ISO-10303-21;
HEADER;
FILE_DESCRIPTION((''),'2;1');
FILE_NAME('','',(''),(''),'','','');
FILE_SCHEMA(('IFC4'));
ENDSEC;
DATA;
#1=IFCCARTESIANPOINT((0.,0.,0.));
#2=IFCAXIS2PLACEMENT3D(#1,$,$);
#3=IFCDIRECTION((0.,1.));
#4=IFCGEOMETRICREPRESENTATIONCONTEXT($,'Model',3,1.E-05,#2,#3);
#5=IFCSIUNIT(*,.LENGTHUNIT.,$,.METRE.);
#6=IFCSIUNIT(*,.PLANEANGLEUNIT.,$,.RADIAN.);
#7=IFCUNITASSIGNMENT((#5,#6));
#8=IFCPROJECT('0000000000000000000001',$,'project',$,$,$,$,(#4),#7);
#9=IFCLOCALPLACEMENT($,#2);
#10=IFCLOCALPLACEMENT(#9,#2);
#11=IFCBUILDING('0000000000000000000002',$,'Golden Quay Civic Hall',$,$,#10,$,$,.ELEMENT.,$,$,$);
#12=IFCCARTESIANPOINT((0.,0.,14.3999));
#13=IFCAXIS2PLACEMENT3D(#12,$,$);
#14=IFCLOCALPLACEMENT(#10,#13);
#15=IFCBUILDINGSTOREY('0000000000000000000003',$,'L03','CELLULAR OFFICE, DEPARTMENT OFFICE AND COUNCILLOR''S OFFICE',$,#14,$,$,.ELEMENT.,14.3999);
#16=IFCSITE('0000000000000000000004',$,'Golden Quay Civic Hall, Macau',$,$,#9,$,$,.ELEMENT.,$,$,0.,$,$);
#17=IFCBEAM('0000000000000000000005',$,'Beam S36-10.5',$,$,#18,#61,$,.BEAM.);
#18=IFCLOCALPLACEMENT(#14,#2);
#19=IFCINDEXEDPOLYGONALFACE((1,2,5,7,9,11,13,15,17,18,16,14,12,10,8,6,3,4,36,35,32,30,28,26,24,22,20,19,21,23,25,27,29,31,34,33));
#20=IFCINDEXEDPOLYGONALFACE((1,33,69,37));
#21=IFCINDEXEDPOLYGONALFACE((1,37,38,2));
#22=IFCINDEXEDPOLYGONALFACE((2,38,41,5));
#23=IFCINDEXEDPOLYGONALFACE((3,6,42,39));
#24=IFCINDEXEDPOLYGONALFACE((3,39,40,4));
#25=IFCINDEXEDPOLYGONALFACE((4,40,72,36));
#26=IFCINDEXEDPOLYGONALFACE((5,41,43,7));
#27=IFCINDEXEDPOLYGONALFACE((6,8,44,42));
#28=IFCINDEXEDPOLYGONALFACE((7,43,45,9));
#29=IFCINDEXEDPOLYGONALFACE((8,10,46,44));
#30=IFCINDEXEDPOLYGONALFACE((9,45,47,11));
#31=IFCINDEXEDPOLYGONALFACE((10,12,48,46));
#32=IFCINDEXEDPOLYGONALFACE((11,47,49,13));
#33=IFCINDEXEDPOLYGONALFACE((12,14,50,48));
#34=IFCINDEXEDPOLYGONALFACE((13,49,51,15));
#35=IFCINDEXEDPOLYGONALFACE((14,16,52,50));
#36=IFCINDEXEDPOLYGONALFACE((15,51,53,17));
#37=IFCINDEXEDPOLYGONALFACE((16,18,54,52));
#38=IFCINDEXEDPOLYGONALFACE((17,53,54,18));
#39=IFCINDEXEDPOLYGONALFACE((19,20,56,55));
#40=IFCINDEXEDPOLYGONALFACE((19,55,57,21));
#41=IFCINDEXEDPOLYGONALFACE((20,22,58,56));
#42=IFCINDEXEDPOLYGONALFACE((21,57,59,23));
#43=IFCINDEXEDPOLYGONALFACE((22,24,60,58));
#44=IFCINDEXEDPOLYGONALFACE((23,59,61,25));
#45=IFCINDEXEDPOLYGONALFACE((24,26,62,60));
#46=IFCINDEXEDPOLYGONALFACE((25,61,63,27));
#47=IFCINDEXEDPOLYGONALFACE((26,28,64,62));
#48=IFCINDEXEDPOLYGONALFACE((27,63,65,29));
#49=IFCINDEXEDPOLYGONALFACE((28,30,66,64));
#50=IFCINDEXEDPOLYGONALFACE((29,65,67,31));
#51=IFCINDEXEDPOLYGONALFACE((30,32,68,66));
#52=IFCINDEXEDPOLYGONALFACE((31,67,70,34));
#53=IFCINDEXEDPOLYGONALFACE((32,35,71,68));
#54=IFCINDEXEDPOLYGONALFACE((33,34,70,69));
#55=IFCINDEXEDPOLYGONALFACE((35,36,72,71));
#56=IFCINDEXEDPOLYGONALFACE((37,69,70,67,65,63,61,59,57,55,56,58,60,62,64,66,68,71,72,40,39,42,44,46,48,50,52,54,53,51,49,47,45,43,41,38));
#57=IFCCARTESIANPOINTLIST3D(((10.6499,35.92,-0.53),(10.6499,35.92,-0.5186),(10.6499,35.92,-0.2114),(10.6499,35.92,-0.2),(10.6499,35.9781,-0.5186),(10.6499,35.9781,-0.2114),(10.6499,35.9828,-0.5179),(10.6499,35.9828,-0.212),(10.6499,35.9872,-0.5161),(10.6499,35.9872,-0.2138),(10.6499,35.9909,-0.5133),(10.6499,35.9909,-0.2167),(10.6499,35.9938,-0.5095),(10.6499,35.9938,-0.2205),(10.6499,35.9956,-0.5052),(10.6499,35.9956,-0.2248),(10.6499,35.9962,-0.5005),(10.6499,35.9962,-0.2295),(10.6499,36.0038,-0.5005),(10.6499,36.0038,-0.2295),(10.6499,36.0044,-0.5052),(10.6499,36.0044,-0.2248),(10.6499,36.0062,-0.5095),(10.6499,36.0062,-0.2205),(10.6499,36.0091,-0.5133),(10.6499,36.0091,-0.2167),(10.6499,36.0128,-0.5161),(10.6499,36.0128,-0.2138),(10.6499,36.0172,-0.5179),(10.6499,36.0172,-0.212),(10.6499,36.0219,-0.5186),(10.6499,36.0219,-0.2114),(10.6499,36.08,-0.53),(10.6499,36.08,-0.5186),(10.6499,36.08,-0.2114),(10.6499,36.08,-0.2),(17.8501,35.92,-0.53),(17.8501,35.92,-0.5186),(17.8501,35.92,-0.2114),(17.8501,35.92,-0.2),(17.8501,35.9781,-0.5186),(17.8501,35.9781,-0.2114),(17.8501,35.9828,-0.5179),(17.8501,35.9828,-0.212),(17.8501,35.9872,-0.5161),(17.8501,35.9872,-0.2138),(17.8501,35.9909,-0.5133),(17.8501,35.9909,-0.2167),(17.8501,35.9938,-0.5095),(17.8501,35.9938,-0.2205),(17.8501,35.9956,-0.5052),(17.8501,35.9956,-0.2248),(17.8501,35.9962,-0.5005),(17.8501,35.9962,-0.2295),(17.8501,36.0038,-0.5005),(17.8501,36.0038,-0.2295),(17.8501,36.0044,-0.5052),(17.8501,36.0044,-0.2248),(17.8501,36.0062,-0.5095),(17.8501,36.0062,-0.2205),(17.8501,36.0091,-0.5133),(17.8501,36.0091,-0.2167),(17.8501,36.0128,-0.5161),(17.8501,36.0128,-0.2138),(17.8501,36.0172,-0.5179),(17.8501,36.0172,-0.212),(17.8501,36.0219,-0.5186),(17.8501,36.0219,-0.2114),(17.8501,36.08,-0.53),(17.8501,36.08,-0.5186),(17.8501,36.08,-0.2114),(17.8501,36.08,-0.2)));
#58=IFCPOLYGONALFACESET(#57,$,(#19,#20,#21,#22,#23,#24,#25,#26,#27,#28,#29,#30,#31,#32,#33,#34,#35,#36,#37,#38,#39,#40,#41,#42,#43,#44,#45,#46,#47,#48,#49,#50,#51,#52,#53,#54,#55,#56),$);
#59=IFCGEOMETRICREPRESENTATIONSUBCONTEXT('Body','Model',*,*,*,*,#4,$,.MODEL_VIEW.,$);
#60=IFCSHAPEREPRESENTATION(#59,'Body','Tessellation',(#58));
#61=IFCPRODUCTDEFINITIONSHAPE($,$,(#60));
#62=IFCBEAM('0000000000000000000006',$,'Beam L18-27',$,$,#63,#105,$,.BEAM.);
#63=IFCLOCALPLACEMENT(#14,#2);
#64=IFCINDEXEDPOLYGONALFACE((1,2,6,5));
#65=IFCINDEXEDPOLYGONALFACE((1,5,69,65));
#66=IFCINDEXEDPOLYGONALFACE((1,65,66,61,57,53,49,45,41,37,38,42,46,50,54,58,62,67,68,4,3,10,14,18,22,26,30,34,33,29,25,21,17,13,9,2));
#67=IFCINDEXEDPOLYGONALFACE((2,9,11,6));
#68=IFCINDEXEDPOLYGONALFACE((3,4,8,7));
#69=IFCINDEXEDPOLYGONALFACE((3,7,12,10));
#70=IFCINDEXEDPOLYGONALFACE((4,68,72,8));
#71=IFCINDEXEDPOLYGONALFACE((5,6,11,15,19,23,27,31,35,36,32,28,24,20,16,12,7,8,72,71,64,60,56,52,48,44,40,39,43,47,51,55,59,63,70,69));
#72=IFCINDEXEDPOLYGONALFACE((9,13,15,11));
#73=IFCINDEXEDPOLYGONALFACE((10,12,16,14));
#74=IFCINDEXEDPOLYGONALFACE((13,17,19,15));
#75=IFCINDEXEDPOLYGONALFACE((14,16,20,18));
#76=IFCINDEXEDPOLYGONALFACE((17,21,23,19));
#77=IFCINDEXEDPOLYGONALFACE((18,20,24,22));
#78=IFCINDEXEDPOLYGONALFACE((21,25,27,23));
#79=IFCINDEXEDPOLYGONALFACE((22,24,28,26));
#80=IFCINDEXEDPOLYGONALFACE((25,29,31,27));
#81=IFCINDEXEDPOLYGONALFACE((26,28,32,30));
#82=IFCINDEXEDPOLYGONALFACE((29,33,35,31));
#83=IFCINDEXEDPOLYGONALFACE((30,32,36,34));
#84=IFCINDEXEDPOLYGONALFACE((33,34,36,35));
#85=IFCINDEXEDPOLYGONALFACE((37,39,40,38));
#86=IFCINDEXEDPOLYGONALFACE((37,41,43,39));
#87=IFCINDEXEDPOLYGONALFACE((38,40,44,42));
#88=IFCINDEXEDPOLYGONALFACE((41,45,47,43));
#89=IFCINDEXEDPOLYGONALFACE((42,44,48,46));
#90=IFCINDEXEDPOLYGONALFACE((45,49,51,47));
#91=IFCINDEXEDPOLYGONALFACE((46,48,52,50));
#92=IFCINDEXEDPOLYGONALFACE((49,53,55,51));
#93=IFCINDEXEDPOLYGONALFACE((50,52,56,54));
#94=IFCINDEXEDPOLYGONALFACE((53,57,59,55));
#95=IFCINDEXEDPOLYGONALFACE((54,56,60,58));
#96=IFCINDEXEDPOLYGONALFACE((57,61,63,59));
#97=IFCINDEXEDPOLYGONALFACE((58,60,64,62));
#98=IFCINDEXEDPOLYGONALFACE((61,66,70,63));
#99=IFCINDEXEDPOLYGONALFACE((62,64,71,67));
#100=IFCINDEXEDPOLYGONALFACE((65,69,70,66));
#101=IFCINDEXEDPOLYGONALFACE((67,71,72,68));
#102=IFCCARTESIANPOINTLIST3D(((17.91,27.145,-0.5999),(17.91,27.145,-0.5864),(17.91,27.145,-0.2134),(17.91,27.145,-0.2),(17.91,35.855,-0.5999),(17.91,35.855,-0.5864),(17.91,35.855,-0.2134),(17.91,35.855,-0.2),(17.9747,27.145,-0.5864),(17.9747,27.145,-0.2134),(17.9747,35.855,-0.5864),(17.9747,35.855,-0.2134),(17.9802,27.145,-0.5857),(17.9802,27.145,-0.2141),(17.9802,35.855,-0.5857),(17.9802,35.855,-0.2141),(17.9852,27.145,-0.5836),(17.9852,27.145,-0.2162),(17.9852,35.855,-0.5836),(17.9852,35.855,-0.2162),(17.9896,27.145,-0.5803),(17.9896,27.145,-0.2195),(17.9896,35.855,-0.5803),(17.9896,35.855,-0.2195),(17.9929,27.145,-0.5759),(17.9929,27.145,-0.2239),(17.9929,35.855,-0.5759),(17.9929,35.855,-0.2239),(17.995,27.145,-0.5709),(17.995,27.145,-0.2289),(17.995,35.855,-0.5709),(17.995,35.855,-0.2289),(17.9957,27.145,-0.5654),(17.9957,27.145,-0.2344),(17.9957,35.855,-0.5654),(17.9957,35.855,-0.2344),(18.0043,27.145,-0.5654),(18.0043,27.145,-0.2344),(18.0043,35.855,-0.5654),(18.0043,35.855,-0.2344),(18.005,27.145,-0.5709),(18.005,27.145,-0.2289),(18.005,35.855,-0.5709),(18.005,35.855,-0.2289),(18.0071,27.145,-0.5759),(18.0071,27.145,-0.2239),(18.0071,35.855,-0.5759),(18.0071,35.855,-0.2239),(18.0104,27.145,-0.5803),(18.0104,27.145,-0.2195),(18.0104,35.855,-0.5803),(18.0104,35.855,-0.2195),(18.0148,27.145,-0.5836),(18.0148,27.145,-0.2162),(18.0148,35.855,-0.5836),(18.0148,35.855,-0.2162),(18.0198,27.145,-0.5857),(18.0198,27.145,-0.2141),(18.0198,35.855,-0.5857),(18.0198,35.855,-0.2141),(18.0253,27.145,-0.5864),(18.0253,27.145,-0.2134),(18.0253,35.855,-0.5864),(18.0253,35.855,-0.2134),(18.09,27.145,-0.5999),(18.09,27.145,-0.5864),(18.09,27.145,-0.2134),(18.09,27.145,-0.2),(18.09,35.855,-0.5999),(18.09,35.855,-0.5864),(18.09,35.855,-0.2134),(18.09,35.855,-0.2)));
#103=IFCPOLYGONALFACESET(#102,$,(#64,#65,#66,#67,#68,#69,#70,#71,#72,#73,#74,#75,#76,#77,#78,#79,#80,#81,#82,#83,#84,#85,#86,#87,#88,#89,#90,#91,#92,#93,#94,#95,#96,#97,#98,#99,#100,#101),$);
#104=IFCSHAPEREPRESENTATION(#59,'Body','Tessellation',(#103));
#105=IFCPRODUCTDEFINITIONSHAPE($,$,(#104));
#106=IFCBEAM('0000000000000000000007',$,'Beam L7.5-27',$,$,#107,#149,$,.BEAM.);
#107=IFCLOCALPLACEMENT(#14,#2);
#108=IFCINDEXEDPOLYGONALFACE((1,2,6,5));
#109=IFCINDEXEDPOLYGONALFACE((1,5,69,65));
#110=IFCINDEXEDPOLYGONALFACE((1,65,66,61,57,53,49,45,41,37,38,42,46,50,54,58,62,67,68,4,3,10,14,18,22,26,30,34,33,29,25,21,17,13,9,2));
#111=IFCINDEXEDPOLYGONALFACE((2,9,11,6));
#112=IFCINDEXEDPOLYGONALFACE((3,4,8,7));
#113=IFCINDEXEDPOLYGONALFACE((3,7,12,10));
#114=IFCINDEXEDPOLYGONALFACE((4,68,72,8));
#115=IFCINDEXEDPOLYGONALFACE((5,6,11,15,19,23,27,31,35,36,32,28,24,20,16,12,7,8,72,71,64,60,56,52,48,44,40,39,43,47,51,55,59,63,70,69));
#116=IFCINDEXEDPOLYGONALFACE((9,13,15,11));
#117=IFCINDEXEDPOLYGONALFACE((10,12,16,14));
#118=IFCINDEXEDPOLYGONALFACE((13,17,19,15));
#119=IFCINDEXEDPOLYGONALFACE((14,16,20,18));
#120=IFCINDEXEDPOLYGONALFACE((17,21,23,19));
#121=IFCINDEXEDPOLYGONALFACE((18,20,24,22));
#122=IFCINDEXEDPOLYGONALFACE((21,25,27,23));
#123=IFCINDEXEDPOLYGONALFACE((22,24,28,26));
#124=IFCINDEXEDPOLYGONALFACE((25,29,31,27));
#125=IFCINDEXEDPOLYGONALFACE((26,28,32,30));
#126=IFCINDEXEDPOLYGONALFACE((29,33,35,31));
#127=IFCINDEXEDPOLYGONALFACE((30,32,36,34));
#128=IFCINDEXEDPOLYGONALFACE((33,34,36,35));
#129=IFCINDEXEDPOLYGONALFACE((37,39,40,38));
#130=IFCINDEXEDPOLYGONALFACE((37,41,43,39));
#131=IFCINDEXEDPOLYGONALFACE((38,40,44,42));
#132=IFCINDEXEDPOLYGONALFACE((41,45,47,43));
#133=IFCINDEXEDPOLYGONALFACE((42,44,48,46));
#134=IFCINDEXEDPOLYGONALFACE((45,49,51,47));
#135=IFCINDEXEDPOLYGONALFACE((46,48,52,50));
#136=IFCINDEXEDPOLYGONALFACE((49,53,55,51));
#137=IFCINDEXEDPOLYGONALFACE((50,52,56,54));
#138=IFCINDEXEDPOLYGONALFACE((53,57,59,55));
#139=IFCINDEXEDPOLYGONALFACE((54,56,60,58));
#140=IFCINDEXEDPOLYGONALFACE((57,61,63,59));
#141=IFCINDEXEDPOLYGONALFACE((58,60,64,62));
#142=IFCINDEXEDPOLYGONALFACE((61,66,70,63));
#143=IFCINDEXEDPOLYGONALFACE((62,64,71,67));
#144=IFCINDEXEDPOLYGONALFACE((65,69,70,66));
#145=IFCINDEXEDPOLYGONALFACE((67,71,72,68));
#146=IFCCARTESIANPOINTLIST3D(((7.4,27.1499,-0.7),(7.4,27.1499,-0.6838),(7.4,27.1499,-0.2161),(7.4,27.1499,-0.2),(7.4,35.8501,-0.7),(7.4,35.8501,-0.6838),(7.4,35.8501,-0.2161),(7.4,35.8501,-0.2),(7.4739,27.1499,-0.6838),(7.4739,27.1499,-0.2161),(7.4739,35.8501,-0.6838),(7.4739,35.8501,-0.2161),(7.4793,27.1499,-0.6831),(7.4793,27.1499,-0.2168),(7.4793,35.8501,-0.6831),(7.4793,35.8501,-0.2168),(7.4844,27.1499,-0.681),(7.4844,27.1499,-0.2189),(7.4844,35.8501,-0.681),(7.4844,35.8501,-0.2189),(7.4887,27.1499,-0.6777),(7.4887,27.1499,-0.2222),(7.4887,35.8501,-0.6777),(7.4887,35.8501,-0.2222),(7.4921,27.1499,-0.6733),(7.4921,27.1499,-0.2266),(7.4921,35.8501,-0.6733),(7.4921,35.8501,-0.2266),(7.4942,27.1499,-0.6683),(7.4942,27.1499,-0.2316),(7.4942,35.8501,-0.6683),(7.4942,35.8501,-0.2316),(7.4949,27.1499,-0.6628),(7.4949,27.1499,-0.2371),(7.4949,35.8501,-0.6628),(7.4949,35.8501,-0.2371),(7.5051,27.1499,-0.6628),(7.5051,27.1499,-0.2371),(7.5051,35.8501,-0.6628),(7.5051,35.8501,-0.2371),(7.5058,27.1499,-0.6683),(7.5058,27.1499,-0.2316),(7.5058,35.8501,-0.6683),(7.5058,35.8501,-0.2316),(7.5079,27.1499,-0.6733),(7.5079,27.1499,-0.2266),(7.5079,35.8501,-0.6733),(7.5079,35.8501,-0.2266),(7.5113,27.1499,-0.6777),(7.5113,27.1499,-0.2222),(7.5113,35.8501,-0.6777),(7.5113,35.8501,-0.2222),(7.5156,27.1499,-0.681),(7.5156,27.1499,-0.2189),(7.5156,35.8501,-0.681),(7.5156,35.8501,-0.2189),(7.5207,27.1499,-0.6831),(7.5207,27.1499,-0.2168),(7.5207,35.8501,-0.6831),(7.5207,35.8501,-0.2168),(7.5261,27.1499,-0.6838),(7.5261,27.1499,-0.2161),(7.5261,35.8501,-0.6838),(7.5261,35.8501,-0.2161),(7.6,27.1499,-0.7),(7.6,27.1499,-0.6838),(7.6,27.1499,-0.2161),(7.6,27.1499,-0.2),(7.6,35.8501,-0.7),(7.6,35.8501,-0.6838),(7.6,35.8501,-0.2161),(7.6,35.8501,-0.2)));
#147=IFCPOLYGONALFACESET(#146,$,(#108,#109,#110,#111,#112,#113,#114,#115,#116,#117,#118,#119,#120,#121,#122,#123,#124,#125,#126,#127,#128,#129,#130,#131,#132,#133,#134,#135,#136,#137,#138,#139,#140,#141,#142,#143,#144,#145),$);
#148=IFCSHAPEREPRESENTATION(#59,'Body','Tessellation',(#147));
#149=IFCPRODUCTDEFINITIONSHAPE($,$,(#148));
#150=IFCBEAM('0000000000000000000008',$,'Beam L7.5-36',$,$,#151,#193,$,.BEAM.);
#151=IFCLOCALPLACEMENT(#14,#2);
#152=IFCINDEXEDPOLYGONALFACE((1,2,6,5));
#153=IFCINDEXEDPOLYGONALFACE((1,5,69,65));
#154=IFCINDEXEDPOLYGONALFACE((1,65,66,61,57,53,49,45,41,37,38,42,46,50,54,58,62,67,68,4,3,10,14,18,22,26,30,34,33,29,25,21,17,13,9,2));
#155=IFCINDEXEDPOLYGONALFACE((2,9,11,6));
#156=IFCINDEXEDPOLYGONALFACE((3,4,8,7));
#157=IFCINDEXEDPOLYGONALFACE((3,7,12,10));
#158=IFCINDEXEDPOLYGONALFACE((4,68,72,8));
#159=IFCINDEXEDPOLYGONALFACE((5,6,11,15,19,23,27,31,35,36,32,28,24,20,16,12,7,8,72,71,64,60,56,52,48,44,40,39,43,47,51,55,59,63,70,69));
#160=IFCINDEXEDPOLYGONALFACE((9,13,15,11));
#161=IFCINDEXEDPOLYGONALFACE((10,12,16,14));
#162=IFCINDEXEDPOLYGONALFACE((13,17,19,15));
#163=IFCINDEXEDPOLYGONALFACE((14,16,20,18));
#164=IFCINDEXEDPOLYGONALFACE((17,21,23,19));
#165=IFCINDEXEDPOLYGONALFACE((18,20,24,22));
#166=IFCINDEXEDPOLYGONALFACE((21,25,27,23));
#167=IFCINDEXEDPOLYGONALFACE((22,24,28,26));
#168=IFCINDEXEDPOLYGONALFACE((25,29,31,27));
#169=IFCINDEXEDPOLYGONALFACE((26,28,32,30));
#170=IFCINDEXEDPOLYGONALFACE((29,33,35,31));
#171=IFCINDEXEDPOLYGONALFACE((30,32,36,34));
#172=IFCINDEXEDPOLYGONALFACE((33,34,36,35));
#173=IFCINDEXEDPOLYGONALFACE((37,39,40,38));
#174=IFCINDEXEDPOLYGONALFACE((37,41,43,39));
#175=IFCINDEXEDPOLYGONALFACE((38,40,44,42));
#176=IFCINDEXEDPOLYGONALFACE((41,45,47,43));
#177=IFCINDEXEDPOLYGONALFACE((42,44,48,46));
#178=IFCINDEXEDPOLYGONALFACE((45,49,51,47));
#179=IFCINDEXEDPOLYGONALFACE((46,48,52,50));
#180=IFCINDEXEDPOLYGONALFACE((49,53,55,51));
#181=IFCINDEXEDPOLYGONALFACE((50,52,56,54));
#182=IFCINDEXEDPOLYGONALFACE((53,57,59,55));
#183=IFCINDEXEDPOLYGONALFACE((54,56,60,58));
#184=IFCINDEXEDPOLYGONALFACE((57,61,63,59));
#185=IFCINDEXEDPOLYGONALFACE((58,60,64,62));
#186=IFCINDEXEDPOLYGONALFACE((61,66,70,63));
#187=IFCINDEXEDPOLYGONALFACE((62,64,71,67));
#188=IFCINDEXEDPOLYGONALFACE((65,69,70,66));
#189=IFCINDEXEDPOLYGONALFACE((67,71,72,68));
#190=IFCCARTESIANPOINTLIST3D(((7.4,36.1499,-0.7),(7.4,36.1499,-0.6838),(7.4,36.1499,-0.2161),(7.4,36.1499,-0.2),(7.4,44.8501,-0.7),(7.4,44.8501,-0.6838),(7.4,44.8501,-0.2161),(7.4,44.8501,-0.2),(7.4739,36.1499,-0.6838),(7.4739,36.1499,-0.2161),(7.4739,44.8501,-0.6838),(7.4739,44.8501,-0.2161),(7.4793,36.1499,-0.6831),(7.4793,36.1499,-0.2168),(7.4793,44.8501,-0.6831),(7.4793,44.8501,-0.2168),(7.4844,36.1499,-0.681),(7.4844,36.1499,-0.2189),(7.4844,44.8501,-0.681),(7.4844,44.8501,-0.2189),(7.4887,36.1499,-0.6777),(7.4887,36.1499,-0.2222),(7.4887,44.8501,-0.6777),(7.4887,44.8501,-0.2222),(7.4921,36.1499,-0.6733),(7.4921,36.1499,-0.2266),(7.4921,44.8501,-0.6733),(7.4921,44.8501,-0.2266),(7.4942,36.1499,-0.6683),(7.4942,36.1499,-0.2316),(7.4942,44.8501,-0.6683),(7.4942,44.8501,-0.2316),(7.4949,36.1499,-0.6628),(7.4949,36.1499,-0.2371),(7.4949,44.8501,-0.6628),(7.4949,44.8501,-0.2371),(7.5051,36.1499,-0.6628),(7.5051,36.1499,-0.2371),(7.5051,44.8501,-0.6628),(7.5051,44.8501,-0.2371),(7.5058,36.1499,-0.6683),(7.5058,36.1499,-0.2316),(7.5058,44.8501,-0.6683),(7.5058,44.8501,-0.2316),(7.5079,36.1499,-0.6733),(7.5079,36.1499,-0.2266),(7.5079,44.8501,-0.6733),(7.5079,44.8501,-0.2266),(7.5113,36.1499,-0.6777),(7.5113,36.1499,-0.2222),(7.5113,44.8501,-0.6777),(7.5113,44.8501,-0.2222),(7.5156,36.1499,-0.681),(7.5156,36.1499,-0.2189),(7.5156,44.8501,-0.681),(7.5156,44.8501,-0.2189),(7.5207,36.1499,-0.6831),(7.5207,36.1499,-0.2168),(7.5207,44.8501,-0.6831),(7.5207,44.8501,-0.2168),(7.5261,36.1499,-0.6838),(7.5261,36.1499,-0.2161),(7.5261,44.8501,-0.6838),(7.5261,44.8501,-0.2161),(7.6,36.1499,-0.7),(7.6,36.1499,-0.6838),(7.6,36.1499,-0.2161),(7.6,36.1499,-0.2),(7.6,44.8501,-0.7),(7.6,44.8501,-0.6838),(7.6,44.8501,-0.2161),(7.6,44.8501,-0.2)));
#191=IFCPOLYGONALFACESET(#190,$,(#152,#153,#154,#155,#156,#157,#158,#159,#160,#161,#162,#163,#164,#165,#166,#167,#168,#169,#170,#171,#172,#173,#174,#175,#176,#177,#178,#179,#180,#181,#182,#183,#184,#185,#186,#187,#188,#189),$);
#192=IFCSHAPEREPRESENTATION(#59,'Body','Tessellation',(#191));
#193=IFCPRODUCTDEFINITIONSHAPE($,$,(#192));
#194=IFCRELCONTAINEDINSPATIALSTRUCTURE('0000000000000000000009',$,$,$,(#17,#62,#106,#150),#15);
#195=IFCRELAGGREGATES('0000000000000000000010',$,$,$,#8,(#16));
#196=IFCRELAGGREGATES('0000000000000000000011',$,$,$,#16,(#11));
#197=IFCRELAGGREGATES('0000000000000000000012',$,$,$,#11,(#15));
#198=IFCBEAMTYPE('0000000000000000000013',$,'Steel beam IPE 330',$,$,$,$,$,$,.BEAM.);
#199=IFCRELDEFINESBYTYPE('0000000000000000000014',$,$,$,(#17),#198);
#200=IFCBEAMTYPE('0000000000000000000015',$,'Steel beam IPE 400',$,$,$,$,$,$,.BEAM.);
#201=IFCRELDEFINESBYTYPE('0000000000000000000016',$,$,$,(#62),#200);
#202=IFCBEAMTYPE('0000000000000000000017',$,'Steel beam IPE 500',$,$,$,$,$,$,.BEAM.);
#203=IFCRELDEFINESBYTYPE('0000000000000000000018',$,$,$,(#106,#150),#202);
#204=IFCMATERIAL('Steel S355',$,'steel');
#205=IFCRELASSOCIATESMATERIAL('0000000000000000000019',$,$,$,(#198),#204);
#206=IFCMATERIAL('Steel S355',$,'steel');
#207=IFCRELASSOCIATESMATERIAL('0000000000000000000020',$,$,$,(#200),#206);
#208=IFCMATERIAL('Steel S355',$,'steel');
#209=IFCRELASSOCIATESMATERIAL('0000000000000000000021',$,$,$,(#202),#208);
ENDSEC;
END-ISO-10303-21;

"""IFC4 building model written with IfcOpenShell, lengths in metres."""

from ifc_helpers import new_model, si_unit, direction, frame, origin, origin_2d, place, context, subcontext, project, spatial, i_section, extrude, material, material_profile, profile_set, type_object, element, save


model = new_model("IFC4")

# Units and contexts
model_context = context("Model", 3, precision=1e-05, world=origin(), true_north=direction((0.0, 1.0)))
body_context = subcontext(model_context, "Body", "Model", "MODEL_VIEW")
ifc_project = project(units=[si_unit("LENGTHUNIT", "METRE"), si_unit("PLANEANGLEUNIT", "RADIAN")], contexts=[model_context])

# Site, building, storey
site_placement = place(None, origin())
site = spatial("IfcSite", under=ifc_project, at=site_placement, Name="Golden Quay Civic Hall, Macau", CompositionType="ELEMENT", RefElevation=0.0)
building_placement = place(site_placement, origin())
building = spatial("IfcBuilding", under=site, at=building_placement, Name="Golden Quay Civic Hall", CompositionType="ELEMENT")
storey_placement = place(building_placement, frame((0.0, 0.0, 14.3999)))
storey = spatial("IfcBuildingStorey", under=building, at=storey_placement, Name="L03", Description="CELLULAR OFFICE, DEPARTMENT OFFICE AND COUNCILLOR'S OFFICE", CompositionType="ELEMENT", Elevation=14.3999)

# Beams
ifc_material_1 = material(Name="Steel S355", Category="steel")
ifc_material_profile_1 = material_profile(ifc_material_1, i_section(OverallWidth=0.1599, OverallDepth=0.3301, WebThickness=0.0076, FlangeThickness=0.0115, FilletRadius=0.0181, at=origin_2d()), Name="IPE 330")
ifc_profile_set_1 = profile_set([ifc_material_profile_1], Name="Steel S355")
beam_type_1 = type_object("IfcBeamType", Name="Steel beam IPE 330", PredefinedType="BEAM", material=ifc_profile_set_1)
for number, where, z_axis, x_axis, name in (
    (1, (10.6499, 36.0, -0.365), (1.0, 0.0, 0.0), (0.0, 1.0, 0.0), "Beam S36-10.5"),
):
    element("IfcBeam", number, at=place(storey_placement, frame(where, z_axis=z_axis, x_axis=x_axis)), inside=storey, type_object=beam_type_1, Name=name, PredefinedType="BEAM", context=body_context, shape_type="SweptSolid", body=[
        extrude(i_section(OverallWidth=0.1599, OverallDepth=0.3301, WebThickness=0.0076, FlangeThickness=0.0115, FilletRadius=0.0181, at=origin_2d()), origin(), (0.0, 0.0, 1.0), 7.2002),
    ])
ifc_material_2 = material(Name="Steel S355", Category="steel")
ifc_material_profile_2 = material_profile(ifc_material_2, i_section(OverallWidth=0.1799, OverallDepth=0.3999, WebThickness=0.0085, FlangeThickness=0.0134, FilletRadius=0.021, at=origin_2d()), Name="IPE 400")
ifc_profile_set_2 = profile_set([ifc_material_profile_2], Name="Steel S355")
beam_type_2 = type_object("IfcBeamType", Name="Steel beam IPE 400", PredefinedType="BEAM", material=ifc_profile_set_2)
beam_placement = place(storey_placement, frame((18.0, 27.145, -0.3999), z_axis=(0.0, 1.0, 0.0), x_axis=(-1.0, 0.0, 0.0)))
element("IfcBeam", 2, at=beam_placement, inside=storey, type_object=beam_type_2, Name="Beam L18-27", PredefinedType="BEAM", context=body_context, shape_type="SweptSolid", body=[
    extrude(i_section(OverallWidth=0.1799, OverallDepth=0.3999, WebThickness=0.0085, FlangeThickness=0.0134, FilletRadius=0.021, at=origin_2d()), origin(), (0.0, 0.0, 1.0), 8.71),
])
ifc_material_3 = material(Name="Steel S355", Category="steel")
ifc_material_profile_3 = material_profile(ifc_material_3, i_section(OverallWidth=0.2, OverallDepth=0.5, WebThickness=0.0103, FlangeThickness=0.0161, FilletRadius=0.021, at=origin_2d()), Name="IPE 500")
ifc_profile_set_3 = profile_set([ifc_material_profile_3], Name="Steel S355")
beam_type_3 = type_object("IfcBeamType", Name="Steel beam IPE 500", PredefinedType="BEAM", material=ifc_profile_set_3)
for number, where, z_axis, x_axis, name in (
    (3, (7.5, 27.1499, -0.45), (0.0, 1.0, 0.0), (-1.0, 0.0, 0.0), "Beam L7.5-27"),
    (4, (7.5, 36.1499, -0.45), (0.0, 1.0, 0.0), (-1.0, 0.0, 0.0), "Beam L7.5-36"),
):
    element("IfcBeam", number, at=place(storey_placement, frame(where, z_axis=z_axis, x_axis=x_axis)), inside=storey, type_object=beam_type_3, Name=name, PredefinedType="BEAM", context=body_context, shape_type="SweptSolid", body=[
        extrude(i_section(OverallWidth=0.2, OverallDepth=0.5, WebThickness=0.0103, FlangeThickness=0.0161, FilletRadius=0.021, at=origin_2d()), origin(), (0.0, 0.0, 1.0), 8.7002),
    ])

save(model, "model.ifc")
